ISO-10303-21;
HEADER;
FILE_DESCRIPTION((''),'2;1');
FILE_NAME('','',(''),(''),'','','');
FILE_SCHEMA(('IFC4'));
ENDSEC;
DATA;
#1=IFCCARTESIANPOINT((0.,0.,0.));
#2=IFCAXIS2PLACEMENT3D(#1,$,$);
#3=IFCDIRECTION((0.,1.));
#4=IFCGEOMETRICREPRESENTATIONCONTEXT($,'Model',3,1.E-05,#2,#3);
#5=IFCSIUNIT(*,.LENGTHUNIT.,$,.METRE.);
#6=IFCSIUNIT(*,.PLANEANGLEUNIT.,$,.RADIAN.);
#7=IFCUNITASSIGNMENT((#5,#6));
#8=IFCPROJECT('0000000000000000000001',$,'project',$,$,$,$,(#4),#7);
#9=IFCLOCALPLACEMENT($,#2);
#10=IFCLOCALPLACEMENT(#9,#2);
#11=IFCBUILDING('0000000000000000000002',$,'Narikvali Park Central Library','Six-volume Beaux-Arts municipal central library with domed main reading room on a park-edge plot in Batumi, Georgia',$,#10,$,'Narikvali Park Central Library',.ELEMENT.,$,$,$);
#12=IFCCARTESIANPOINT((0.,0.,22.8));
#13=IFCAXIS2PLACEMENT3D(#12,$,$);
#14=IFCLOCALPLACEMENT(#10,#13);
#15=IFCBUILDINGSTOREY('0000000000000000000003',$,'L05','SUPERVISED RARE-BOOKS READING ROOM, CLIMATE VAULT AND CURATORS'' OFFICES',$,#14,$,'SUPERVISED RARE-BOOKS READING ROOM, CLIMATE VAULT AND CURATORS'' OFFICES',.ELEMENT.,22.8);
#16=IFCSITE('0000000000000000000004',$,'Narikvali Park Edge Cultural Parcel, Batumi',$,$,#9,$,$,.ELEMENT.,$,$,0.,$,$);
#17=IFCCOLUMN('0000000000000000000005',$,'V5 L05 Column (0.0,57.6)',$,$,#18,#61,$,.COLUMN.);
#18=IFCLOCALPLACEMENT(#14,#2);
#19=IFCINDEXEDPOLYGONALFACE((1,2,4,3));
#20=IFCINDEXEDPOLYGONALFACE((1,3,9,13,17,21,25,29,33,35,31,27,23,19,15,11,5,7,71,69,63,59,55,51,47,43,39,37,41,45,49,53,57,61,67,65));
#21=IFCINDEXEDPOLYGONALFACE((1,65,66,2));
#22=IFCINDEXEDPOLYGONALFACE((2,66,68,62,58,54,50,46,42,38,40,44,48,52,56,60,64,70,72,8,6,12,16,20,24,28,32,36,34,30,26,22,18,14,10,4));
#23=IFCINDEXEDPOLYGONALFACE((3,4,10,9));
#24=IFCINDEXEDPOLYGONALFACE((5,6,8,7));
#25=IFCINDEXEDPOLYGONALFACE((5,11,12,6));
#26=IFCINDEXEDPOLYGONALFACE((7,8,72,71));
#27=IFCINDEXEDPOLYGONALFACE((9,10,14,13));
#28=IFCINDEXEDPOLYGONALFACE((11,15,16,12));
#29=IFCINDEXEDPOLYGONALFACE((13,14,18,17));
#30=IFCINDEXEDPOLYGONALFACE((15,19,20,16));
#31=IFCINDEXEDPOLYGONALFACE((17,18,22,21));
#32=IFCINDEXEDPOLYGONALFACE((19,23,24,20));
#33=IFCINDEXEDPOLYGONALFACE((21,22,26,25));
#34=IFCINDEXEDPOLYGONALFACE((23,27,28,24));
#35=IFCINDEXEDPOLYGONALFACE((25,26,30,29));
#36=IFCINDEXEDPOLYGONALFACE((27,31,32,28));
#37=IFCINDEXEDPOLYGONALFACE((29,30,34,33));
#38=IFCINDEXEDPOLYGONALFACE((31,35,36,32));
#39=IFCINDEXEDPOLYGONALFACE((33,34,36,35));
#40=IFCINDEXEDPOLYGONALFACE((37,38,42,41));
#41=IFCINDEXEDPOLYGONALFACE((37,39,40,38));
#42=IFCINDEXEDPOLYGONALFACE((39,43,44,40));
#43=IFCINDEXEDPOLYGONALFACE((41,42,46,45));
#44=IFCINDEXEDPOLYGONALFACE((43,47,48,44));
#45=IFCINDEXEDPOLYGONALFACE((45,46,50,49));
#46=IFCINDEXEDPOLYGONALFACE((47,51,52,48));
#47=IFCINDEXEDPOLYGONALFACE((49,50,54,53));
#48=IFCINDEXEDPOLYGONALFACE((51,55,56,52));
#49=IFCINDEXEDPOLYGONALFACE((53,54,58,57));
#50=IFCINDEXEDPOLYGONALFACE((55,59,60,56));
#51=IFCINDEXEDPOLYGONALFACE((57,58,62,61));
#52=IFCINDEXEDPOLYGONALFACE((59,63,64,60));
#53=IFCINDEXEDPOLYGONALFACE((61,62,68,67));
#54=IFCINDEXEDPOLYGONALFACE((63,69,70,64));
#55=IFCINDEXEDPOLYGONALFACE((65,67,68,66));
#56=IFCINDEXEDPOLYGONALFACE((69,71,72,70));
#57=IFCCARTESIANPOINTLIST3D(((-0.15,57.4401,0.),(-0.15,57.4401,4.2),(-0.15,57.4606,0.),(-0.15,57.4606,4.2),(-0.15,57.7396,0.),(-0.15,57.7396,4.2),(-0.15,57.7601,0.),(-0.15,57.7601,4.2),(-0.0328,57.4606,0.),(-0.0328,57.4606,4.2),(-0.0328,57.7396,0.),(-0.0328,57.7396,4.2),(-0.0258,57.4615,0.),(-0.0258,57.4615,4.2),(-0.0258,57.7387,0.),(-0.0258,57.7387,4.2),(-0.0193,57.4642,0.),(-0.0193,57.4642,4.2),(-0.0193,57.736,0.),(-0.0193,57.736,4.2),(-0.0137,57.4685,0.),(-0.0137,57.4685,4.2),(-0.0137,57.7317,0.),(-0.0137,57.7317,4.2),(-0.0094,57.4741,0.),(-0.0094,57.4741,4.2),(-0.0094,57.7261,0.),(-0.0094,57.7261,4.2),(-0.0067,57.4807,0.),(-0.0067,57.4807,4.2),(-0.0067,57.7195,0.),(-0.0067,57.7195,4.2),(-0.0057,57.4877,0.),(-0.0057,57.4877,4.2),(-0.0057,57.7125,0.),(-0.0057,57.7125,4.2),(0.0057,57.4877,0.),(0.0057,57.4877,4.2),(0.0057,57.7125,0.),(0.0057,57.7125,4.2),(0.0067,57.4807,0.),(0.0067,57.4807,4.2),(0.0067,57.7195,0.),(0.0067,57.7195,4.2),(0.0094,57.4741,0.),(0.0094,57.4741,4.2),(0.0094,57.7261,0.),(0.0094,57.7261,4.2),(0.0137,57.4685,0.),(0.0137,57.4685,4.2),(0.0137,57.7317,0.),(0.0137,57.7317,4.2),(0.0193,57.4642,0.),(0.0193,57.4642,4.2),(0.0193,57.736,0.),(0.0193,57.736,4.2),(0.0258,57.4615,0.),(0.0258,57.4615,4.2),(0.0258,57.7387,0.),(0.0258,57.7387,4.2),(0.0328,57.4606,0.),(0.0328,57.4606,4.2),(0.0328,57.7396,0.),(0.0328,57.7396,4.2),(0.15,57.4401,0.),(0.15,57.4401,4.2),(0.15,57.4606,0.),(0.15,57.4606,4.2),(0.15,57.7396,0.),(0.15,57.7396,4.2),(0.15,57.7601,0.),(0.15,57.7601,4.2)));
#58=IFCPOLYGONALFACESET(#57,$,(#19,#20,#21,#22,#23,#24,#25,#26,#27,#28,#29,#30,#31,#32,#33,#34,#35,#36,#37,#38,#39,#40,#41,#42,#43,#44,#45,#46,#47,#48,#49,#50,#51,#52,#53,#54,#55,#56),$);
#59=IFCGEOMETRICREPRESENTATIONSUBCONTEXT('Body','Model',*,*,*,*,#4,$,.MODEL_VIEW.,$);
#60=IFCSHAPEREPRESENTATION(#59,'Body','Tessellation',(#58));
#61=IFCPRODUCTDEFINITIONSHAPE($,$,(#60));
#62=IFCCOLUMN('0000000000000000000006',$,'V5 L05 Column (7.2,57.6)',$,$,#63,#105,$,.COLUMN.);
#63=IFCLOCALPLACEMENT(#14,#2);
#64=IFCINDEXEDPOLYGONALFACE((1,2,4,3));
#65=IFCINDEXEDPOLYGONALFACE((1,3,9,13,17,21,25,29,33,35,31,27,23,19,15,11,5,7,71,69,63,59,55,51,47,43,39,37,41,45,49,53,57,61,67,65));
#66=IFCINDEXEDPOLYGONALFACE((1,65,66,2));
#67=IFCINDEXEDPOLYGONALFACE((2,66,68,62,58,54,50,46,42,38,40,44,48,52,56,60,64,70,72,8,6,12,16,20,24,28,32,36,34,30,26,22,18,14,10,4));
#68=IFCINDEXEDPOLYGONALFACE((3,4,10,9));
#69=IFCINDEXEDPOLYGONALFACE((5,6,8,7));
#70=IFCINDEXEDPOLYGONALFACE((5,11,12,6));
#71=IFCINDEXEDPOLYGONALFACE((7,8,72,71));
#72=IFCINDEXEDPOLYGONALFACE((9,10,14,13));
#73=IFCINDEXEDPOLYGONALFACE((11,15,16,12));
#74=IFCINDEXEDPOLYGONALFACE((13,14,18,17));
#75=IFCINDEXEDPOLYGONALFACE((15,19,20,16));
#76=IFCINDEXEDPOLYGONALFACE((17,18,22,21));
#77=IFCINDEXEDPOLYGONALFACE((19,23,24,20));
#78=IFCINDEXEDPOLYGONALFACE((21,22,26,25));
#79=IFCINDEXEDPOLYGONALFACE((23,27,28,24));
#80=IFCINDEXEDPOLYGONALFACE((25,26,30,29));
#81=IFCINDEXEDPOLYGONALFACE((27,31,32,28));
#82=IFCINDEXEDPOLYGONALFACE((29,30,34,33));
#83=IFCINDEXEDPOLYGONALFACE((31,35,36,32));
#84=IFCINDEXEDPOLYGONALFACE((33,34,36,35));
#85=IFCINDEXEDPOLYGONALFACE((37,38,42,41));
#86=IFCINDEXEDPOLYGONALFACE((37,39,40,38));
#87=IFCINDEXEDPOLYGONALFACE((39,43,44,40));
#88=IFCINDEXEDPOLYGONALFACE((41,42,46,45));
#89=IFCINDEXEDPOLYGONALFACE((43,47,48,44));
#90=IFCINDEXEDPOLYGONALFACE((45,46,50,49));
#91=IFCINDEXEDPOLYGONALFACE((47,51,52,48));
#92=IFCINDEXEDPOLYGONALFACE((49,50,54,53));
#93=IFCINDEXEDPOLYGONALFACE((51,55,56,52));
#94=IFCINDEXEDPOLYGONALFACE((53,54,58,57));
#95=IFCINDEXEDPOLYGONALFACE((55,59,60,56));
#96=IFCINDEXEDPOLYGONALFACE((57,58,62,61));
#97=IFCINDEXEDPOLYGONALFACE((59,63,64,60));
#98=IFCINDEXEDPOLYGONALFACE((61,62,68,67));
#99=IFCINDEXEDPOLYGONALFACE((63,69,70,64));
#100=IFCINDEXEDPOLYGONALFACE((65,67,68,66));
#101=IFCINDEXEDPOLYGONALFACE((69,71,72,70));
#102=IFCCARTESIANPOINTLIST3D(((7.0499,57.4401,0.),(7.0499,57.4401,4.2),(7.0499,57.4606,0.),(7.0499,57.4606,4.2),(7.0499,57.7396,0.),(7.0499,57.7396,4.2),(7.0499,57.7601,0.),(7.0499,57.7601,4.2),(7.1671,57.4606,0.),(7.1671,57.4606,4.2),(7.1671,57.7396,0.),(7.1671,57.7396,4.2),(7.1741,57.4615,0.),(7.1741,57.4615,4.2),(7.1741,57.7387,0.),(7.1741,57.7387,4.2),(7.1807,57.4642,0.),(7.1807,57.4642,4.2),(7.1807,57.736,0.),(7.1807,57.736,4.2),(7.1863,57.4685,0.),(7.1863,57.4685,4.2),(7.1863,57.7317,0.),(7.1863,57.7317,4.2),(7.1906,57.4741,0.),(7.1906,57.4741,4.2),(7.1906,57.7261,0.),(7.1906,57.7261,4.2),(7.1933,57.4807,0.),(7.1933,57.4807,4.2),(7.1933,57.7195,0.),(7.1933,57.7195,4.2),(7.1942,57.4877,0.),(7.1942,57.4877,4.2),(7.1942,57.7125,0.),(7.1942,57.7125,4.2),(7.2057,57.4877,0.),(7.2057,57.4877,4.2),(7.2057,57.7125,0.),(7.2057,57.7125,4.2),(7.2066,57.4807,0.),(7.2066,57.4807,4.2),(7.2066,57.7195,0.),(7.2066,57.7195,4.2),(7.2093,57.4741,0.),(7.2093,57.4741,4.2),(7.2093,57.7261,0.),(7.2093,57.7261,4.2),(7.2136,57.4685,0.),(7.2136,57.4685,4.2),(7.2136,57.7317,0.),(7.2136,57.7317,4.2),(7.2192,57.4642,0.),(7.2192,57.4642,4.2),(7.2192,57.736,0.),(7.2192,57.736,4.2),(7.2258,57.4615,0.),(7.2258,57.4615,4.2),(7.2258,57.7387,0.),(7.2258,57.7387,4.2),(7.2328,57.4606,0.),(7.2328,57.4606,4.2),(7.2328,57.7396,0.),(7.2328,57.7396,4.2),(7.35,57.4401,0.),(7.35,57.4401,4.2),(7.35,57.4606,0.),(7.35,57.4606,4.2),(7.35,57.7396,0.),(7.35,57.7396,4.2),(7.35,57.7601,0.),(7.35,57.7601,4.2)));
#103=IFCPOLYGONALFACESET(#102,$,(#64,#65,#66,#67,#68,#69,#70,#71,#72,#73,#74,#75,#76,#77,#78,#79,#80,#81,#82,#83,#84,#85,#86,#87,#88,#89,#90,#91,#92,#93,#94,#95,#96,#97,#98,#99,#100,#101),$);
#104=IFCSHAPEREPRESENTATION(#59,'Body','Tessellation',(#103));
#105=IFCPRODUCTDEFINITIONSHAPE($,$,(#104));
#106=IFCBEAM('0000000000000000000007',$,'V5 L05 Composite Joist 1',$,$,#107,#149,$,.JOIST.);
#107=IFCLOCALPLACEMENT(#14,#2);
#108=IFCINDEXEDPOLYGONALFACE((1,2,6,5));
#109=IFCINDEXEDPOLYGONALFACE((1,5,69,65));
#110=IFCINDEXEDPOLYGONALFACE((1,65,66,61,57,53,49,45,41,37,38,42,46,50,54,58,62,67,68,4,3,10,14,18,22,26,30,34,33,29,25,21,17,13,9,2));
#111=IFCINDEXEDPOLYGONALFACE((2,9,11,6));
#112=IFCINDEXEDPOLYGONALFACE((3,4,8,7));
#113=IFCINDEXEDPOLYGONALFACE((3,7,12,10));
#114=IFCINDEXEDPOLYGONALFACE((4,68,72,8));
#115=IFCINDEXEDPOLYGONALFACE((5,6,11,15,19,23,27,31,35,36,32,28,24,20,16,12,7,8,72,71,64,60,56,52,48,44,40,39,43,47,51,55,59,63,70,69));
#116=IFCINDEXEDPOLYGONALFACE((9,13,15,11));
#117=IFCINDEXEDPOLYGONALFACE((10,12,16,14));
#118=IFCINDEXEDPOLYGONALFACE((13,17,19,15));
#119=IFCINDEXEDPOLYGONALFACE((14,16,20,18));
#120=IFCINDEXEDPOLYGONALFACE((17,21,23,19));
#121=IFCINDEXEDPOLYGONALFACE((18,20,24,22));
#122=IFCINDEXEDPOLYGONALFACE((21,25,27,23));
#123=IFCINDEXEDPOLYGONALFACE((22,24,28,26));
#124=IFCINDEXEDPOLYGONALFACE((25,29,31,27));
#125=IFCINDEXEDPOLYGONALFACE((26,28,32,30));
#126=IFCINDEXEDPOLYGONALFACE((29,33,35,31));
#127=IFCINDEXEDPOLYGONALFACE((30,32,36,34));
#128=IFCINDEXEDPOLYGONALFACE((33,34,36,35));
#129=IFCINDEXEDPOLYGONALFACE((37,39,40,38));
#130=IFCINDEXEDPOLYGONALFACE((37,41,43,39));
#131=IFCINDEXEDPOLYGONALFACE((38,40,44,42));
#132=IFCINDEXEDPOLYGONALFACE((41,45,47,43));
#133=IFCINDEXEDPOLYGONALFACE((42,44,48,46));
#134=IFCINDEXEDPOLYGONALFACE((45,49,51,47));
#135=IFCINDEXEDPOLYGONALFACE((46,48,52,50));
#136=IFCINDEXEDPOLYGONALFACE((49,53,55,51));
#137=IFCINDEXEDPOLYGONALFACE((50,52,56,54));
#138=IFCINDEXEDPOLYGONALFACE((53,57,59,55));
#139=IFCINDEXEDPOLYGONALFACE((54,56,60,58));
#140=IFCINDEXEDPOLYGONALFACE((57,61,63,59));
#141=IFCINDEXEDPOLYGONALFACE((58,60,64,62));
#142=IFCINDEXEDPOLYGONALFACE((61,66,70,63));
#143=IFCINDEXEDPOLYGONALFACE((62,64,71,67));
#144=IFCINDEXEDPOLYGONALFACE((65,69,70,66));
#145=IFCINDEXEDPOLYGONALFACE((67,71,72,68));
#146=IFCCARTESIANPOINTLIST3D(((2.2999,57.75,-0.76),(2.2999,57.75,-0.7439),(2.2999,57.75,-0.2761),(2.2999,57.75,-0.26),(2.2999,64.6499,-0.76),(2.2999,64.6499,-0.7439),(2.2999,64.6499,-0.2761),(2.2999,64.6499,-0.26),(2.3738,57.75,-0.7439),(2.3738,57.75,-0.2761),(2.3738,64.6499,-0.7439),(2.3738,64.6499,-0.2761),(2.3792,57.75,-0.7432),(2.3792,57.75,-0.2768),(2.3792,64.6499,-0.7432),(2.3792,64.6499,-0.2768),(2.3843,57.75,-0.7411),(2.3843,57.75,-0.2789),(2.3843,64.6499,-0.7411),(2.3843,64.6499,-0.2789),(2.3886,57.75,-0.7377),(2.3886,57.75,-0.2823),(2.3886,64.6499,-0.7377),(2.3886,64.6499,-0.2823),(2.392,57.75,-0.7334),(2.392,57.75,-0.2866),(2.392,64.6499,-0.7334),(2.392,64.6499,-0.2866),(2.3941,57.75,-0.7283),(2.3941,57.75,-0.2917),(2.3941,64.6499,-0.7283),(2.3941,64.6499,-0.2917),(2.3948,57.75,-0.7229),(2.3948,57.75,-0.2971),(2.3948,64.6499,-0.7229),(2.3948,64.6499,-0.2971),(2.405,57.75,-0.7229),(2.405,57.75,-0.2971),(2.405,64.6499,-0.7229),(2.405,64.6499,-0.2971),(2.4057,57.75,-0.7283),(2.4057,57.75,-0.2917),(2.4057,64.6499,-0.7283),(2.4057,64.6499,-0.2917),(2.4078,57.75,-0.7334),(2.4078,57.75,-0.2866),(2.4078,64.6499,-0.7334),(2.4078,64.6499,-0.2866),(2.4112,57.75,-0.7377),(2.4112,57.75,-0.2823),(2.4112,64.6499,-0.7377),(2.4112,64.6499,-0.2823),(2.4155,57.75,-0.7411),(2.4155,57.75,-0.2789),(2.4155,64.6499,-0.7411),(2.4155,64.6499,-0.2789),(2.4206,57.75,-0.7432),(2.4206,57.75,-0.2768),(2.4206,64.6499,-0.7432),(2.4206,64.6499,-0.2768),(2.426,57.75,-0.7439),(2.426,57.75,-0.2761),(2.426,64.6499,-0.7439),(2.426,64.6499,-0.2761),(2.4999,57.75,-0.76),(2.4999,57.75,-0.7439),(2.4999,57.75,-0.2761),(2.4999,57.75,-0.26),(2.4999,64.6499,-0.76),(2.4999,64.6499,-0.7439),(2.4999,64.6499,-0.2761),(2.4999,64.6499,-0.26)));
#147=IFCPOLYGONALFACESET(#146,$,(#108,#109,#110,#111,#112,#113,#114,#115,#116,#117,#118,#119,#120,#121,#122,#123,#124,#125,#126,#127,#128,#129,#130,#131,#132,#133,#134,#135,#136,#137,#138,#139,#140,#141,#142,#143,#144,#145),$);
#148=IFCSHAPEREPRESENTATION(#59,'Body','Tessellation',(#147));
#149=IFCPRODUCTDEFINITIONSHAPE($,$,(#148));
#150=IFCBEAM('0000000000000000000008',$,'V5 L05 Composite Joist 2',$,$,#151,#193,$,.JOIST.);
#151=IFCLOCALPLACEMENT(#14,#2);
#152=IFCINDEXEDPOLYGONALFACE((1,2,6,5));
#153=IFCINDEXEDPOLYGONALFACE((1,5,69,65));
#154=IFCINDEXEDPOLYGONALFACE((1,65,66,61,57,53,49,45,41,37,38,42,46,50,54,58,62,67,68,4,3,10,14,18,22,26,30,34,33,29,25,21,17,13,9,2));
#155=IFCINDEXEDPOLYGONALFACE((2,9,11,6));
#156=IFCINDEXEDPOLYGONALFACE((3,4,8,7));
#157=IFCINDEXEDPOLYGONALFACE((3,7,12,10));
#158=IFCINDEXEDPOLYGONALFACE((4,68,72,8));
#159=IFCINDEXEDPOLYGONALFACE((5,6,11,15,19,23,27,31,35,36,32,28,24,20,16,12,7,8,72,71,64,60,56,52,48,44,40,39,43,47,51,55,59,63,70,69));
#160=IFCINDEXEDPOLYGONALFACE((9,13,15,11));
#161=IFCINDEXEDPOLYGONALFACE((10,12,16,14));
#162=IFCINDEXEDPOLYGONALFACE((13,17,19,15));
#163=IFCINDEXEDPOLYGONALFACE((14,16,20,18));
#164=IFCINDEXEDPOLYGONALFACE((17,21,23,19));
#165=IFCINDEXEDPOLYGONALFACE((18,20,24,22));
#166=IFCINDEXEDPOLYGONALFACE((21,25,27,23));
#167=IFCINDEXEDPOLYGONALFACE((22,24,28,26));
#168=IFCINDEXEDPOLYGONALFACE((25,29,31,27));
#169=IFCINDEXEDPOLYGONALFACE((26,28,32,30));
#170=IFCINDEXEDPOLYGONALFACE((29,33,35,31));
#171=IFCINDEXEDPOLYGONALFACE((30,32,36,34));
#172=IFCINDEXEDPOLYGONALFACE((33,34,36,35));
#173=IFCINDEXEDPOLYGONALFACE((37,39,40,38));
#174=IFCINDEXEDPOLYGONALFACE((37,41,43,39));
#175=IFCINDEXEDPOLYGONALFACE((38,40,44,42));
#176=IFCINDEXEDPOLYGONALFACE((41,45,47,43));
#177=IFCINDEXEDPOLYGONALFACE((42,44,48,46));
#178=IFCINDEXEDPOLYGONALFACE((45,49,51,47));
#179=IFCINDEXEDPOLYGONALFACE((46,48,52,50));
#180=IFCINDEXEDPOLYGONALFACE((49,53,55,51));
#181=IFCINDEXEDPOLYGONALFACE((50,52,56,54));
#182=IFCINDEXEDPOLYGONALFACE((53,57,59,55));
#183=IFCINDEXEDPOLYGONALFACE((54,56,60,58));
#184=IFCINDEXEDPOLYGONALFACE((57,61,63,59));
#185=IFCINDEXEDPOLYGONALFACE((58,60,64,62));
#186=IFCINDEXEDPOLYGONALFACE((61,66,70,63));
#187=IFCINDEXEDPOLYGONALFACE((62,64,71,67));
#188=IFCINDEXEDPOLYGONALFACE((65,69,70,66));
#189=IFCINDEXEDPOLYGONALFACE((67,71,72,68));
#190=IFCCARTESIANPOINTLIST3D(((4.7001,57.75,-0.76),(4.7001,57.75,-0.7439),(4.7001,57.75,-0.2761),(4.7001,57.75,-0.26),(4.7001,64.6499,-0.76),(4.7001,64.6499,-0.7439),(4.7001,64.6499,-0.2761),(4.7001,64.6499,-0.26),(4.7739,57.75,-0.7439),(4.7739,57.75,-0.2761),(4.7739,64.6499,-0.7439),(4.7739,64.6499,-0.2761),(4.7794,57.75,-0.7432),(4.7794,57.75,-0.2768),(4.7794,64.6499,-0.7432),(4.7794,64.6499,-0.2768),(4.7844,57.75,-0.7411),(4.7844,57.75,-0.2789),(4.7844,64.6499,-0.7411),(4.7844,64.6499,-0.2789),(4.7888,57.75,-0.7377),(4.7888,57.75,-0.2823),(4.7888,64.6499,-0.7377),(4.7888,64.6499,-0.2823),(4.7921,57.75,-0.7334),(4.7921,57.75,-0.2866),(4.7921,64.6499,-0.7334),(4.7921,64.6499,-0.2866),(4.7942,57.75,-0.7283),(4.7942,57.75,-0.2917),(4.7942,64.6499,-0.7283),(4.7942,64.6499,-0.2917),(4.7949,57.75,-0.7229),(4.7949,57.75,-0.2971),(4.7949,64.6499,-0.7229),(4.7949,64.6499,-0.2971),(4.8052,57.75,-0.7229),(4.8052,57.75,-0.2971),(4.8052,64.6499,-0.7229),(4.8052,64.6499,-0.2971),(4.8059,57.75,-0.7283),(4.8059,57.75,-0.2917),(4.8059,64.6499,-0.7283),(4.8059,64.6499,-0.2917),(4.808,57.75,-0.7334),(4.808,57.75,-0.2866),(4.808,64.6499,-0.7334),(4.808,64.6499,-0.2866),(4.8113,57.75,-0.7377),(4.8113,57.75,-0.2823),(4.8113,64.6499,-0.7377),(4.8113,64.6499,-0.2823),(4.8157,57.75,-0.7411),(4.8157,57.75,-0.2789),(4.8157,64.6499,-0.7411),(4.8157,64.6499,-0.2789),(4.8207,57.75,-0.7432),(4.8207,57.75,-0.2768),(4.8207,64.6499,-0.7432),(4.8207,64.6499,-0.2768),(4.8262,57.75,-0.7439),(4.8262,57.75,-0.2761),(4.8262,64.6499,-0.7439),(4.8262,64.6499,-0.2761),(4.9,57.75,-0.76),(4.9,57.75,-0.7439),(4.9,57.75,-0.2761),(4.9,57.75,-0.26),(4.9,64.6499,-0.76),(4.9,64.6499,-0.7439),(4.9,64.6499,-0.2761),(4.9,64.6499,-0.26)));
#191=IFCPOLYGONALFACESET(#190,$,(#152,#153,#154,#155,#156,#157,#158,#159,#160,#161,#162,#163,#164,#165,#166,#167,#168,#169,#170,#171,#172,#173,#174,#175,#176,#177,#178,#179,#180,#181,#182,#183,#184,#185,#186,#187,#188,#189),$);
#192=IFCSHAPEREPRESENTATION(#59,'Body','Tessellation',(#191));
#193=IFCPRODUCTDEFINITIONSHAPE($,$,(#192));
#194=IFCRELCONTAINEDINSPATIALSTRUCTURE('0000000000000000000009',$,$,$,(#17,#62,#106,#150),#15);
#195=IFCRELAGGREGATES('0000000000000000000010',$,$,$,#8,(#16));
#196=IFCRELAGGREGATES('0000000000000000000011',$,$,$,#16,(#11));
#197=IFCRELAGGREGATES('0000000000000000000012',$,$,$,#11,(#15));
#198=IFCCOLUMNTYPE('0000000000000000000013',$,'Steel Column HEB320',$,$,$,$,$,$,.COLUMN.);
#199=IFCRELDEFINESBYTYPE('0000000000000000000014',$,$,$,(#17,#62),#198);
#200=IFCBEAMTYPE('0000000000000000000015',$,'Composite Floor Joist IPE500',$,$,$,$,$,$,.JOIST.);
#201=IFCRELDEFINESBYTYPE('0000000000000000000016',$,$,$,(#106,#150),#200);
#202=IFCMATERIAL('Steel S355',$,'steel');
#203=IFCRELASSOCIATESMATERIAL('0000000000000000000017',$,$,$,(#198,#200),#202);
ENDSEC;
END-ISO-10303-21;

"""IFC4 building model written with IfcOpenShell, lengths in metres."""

from ifc_helpers import new_model, si_unit, direction, frame, origin, origin_2d, place, context, subcontext, project, spatial, i_section, extrude, material, material_profile, profile_set, type_object, element, save


model = new_model("IFC4")

# Units and contexts
model_context = context("Model", 3, precision=1e-05, world=origin(), true_north=direction((0.0, 1.0)))
body_context = subcontext(model_context, "Body", "Model", "MODEL_VIEW")
ifc_project = project(units=[si_unit("LENGTHUNIT", "METRE"), si_unit("PLANEANGLEUNIT", "RADIAN")], contexts=[model_context])

# Site, building, storey
site_placement = place(None, origin())
site = spatial("IfcSite", under=ifc_project, at=site_placement, Name="Narikvali Park Edge Cultural Parcel, Batumi", CompositionType="ELEMENT", RefElevation=0.0)
building_placement = place(site_placement, origin())
building = spatial("IfcBuilding", under=site, at=building_placement, Name="Narikvali Park Central Library", Description="Six-volume Beaux-Arts municipal central library with domed main reading room on a park-edge plot in Batumi, Georgia", LongName="Narikvali Park Central Library", CompositionType="ELEMENT")
storey_placement = place(building_placement, frame((0.0, 0.0, 22.8)))
storey = spatial("IfcBuildingStorey", under=building, at=storey_placement, Name="L05", Description="SUPERVISED RARE-BOOKS READING ROOM, CLIMATE VAULT AND CURATORS' OFFICES", LongName="SUPERVISED RARE-BOOKS READING ROOM, CLIMATE VAULT AND CURATORS' OFFICES", CompositionType="ELEMENT", Elevation=22.8)

# Columns
ifc_material_1 = material(Name="Steel S355", Category="steel")
ifc_material_profile_1 = material_profile(ifc_material_1, i_section(OverallWidth=0.3, OverallDepth=0.3201, WebThickness=0.0115, FlangeThickness=0.0205, FilletRadius=0.0271, at=origin_2d()), Name="HEB 320")
ifc_profile_set_1 = profile_set([ifc_material_profile_1], Name="Steel S355")
column_type = type_object("IfcColumnType", Name="Steel Column HEB320", PredefinedType="COLUMN", material=ifc_profile_set_1)
for number, where, z_axis, x_axis, name in (
    (1, (0.0, 57.6001, 0.0), (0.0, 0.0, 1.0), (1.0, 0.0, 0.0), "V5 L05 Column (0.0,57.6)"),
    (2, (7.2, 57.6001, 0.0), (0.0, 0.0, 1.0), (1.0, 0.0, 0.0), "V5 L05 Column (7.2,57.6)"),
):
    element("IfcColumn", number, at=place(storey_placement, frame(where, z_axis=z_axis, x_axis=x_axis)), inside=storey, type_object=column_type, Name=name, PredefinedType="COLUMN", context=body_context, shape_type="SweptSolid", body=[
        extrude(i_section(OverallWidth=0.3, OverallDepth=0.3201, WebThickness=0.0115, FlangeThickness=0.0205, FilletRadius=0.0271, at=origin_2d()), origin(), (0.0, 0.0, 1.0), 4.2),
    ])

# Beams
ifc_material_profile_2 = material_profile(ifc_material_1, i_section(OverallWidth=0.2, OverallDepth=0.5, WebThickness=0.0103, FlangeThickness=0.0161, FilletRadius=0.021, at=origin_2d()), Name="IPE 500")
ifc_profile_set_2 = profile_set([ifc_material_profile_2], Name="Steel S355")
beam_type_1 = type_object("IfcBeamType", Name="Composite Floor Joist IPE500", PredefinedType="JOIST", material=ifc_profile_set_2)
for number, where, z_axis, x_axis, name in (
    (3, (2.3999, 57.75, -0.51), (0.0, 1.0, 0.0), (-1.0, 0.0, 0.0), "V5 L05 Composite Joist 1"),
    (4, (4.8, 57.75, -0.51), (0.0, 1.0, 0.0), (-1.0, 0.0, 0.0), "V5 L05 Composite Joist 2"),
):
    element("IfcBeam", number, at=place(storey_placement, frame(where, z_axis=z_axis, x_axis=x_axis)), inside=storey, type_object=beam_type_1, Name=name, PredefinedType="JOIST", context=body_context, shape_type="SweptSolid", body=[
        extrude(i_section(OverallWidth=0.2, OverallDepth=0.5, WebThickness=0.0103, FlangeThickness=0.0161, FilletRadius=0.021, at=origin_2d()), origin(), (0.0, 0.0, 1.0), 6.8999),
    ])

save(model, "model.ifc")
